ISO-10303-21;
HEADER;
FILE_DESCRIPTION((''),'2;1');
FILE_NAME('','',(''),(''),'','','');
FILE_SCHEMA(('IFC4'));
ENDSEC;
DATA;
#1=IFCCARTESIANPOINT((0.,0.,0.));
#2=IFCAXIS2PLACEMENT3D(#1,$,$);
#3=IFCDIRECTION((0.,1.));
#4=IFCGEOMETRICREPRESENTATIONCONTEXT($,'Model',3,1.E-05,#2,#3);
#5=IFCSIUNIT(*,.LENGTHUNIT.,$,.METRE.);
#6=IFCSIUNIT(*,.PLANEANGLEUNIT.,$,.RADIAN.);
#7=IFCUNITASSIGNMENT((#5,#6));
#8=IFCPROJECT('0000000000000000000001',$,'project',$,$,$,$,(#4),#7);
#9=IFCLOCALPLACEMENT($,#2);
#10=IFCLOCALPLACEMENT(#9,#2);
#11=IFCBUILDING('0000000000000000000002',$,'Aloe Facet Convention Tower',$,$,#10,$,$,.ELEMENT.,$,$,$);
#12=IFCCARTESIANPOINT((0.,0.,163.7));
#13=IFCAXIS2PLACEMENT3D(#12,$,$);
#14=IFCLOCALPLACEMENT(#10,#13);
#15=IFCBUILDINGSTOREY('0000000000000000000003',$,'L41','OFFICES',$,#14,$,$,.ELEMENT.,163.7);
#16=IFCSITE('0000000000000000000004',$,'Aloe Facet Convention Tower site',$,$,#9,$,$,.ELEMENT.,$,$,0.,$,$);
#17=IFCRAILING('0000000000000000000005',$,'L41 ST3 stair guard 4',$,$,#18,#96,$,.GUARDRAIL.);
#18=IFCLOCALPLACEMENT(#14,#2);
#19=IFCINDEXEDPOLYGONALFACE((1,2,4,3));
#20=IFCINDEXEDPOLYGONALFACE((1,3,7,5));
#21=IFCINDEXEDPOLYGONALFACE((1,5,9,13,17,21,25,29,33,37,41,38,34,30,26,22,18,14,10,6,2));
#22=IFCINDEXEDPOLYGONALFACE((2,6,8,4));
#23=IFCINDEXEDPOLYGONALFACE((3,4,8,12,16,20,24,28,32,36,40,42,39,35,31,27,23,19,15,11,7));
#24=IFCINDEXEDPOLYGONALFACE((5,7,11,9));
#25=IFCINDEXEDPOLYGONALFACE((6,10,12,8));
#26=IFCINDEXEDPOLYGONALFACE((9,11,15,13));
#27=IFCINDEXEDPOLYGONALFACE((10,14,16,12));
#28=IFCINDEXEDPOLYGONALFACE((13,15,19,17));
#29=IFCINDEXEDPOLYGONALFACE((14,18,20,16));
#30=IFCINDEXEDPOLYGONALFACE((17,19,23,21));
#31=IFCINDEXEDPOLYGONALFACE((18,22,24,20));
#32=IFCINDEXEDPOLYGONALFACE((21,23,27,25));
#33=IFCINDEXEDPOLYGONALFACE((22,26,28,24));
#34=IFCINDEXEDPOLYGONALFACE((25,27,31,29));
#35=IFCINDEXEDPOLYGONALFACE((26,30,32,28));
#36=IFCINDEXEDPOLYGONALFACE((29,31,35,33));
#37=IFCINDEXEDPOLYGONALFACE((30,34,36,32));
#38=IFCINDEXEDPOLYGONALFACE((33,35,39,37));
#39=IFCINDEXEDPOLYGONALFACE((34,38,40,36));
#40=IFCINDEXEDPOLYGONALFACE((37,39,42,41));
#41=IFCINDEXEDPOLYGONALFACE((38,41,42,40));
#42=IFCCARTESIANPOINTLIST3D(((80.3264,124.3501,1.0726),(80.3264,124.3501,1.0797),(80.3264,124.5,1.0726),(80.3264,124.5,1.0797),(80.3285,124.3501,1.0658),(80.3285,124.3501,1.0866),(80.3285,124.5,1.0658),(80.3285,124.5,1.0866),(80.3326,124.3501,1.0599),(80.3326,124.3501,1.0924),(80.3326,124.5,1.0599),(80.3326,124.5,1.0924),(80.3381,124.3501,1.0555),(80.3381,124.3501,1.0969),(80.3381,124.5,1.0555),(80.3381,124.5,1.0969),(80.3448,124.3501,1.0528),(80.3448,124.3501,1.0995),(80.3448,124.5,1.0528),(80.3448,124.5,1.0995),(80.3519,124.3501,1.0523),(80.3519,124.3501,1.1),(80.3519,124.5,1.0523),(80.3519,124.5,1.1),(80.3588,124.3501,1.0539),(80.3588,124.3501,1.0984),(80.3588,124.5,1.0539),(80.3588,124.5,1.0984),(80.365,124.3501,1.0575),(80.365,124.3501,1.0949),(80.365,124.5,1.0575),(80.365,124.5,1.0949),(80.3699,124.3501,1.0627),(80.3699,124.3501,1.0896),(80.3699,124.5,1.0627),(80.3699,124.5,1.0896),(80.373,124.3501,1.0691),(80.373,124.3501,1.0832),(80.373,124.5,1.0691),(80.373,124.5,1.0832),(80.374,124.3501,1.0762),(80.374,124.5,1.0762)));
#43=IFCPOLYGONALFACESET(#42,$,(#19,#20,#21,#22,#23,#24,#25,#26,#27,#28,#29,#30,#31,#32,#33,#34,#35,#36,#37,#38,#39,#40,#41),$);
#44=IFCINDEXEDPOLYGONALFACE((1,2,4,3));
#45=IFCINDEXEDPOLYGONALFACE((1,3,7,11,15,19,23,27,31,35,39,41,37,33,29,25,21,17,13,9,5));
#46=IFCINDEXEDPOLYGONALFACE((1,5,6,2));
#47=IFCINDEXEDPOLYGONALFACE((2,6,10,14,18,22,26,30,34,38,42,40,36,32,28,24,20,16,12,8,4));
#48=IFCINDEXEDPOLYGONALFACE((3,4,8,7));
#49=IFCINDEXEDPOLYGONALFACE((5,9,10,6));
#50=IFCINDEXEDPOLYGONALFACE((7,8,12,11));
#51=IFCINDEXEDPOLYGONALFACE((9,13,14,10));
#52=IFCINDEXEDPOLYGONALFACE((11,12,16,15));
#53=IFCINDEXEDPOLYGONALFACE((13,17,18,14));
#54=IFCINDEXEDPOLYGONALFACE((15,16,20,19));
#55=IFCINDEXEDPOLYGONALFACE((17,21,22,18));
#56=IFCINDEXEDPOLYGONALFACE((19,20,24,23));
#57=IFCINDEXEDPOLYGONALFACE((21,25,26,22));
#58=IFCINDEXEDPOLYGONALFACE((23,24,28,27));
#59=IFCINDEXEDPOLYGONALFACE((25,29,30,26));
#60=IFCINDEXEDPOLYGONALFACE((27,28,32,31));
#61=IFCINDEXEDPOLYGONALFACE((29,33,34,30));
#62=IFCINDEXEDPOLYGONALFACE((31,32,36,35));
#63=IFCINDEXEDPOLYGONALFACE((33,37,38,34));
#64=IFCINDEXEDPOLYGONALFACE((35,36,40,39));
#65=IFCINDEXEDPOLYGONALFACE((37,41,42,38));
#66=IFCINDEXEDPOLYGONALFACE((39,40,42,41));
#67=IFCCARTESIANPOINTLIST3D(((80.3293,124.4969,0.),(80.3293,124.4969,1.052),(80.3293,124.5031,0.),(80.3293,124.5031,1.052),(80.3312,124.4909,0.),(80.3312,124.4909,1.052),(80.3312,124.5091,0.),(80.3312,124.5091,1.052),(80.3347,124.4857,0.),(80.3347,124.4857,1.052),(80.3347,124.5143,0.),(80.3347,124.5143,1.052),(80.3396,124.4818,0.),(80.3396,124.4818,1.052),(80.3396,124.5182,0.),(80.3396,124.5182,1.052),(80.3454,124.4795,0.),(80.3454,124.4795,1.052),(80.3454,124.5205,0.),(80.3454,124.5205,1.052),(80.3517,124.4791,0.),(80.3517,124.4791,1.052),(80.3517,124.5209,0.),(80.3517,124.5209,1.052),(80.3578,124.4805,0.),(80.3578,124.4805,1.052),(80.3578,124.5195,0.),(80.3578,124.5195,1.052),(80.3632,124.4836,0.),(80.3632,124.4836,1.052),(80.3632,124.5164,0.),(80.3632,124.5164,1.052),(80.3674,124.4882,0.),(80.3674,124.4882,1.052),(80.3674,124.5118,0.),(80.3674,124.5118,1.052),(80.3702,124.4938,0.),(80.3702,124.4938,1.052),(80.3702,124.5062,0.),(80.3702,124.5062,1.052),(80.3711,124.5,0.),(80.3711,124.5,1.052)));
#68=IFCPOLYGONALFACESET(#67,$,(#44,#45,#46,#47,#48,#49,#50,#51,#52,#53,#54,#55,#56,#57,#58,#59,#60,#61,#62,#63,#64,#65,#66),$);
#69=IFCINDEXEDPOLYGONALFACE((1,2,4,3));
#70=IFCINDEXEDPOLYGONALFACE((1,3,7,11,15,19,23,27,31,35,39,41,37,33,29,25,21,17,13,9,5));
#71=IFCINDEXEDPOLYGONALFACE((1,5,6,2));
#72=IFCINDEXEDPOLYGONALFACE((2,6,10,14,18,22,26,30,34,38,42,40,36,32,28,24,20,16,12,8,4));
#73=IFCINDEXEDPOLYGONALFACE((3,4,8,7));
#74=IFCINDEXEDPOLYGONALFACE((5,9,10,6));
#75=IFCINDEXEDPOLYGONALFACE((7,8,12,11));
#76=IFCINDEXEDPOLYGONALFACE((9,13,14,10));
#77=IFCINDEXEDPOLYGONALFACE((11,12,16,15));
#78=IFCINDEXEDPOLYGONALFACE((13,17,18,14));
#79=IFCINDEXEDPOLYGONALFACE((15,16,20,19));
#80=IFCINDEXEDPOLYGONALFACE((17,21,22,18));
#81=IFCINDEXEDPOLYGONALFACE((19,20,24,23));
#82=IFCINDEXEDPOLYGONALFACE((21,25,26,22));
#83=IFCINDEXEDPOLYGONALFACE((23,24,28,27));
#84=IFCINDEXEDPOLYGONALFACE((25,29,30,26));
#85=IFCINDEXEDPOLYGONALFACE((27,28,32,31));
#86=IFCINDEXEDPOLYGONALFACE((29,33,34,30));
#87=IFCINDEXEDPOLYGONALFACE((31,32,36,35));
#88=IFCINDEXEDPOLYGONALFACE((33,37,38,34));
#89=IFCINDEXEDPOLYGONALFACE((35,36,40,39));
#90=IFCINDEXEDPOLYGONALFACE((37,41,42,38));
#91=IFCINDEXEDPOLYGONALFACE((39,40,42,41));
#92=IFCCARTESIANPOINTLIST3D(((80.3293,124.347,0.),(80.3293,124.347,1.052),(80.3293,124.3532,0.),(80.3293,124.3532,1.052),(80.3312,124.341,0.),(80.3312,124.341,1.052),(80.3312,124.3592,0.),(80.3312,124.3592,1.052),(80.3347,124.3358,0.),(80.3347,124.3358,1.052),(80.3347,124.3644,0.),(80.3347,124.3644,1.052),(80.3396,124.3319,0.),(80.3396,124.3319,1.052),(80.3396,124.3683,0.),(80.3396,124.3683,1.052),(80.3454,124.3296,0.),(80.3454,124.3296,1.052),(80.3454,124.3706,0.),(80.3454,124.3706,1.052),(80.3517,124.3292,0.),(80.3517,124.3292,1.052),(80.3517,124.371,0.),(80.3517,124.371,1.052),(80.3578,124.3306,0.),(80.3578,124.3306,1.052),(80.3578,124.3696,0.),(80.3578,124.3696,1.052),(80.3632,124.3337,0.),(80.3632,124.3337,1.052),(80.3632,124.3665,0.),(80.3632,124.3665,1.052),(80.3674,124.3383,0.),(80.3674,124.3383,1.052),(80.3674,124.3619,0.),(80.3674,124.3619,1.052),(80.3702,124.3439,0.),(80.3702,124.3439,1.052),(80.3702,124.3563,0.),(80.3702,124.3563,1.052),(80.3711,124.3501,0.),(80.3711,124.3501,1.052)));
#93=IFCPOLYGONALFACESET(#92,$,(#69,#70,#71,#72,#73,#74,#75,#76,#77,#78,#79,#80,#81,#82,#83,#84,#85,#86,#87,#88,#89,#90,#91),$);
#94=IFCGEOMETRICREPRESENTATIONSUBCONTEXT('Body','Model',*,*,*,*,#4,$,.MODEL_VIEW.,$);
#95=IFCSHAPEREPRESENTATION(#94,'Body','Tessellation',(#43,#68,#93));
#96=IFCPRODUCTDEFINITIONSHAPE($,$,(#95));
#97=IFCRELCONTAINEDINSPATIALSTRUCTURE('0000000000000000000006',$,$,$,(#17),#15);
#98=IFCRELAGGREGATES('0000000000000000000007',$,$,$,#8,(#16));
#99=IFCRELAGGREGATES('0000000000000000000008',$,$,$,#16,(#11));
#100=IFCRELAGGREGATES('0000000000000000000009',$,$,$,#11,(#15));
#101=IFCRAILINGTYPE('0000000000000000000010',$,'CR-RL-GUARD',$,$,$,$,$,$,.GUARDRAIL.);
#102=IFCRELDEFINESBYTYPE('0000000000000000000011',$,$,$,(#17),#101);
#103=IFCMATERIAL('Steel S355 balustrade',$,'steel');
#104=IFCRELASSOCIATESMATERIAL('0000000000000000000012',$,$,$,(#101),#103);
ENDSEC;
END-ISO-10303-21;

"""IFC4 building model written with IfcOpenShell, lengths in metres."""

from ifc_helpers import new_model, si_unit, direction, frame, origin, origin_2d, place, context, subcontext, project, spatial, circle, extrude, material, type_object, element, save


model = new_model("IFC4")

# Units and contexts
model_context = context("Model", 3, precision=1e-05, world=origin(), true_north=direction((0.0, 1.0)))
body_context = subcontext(model_context, "Body", "Model", "MODEL_VIEW")
ifc_project = project(units=[si_unit("LENGTHUNIT", "METRE"), si_unit("PLANEANGLEUNIT", "RADIAN")], contexts=[model_context])

# Site, building, storey
site_placement = place(None, origin())
site = spatial("IfcSite", under=ifc_project, at=site_placement, Name="Aloe Facet Convention Tower site", CompositionType="ELEMENT", RefElevation=0.0)
building_placement = place(site_placement, origin())
building = spatial("IfcBuilding", under=site, at=building_placement, Name="Aloe Facet Convention Tower", CompositionType="ELEMENT")
storey_placement = place(building_placement, frame((0.0, 0.0, 163.7)))
storey = spatial("IfcBuildingStorey", under=building, at=storey_placement, Name="L41", Description="OFFICES", CompositionType="ELEMENT", Elevation=163.7)

# Railing
ifc_material_1 = material(Name="Steel S355 balustrade", Category="steel")
railing_type_1 = type_object("IfcRailingType", Name="CR-RL-GUARD", PredefinedType="GUARDRAIL", material=ifc_material_1)
railing_1_placement = place(storey_placement, frame((80.3501, 124.5, 0.0)))
element("IfcRailing", 1, at=railing_1_placement, inside=storey, type_object=railing_type_1, Name="L41 ST3 stair guard 4", PredefinedType="GUARDRAIL", context=body_context, shape_type="SweptSolid", body=[
    extrude(circle(Radius=0.0239, at=origin_2d()), frame((0.0, 0.0, 1.0762), z_axis=(0.0, -1.0, 0.0), x_axis=(1.0, 0.0, 0.0)), (0.0, 0.0, 1.0), 0.1499),
    extrude(circle(Radius=0.021, at=origin_2d()), origin(), (0.0, 0.0, 1.0), 1.052),
    extrude(circle(Radius=0.021, at=origin_2d()), frame((0.0, -0.1499, 0.0)), (0.0, 0.0, 1.0), 1.052),
])

save(model, "model.ifc")
